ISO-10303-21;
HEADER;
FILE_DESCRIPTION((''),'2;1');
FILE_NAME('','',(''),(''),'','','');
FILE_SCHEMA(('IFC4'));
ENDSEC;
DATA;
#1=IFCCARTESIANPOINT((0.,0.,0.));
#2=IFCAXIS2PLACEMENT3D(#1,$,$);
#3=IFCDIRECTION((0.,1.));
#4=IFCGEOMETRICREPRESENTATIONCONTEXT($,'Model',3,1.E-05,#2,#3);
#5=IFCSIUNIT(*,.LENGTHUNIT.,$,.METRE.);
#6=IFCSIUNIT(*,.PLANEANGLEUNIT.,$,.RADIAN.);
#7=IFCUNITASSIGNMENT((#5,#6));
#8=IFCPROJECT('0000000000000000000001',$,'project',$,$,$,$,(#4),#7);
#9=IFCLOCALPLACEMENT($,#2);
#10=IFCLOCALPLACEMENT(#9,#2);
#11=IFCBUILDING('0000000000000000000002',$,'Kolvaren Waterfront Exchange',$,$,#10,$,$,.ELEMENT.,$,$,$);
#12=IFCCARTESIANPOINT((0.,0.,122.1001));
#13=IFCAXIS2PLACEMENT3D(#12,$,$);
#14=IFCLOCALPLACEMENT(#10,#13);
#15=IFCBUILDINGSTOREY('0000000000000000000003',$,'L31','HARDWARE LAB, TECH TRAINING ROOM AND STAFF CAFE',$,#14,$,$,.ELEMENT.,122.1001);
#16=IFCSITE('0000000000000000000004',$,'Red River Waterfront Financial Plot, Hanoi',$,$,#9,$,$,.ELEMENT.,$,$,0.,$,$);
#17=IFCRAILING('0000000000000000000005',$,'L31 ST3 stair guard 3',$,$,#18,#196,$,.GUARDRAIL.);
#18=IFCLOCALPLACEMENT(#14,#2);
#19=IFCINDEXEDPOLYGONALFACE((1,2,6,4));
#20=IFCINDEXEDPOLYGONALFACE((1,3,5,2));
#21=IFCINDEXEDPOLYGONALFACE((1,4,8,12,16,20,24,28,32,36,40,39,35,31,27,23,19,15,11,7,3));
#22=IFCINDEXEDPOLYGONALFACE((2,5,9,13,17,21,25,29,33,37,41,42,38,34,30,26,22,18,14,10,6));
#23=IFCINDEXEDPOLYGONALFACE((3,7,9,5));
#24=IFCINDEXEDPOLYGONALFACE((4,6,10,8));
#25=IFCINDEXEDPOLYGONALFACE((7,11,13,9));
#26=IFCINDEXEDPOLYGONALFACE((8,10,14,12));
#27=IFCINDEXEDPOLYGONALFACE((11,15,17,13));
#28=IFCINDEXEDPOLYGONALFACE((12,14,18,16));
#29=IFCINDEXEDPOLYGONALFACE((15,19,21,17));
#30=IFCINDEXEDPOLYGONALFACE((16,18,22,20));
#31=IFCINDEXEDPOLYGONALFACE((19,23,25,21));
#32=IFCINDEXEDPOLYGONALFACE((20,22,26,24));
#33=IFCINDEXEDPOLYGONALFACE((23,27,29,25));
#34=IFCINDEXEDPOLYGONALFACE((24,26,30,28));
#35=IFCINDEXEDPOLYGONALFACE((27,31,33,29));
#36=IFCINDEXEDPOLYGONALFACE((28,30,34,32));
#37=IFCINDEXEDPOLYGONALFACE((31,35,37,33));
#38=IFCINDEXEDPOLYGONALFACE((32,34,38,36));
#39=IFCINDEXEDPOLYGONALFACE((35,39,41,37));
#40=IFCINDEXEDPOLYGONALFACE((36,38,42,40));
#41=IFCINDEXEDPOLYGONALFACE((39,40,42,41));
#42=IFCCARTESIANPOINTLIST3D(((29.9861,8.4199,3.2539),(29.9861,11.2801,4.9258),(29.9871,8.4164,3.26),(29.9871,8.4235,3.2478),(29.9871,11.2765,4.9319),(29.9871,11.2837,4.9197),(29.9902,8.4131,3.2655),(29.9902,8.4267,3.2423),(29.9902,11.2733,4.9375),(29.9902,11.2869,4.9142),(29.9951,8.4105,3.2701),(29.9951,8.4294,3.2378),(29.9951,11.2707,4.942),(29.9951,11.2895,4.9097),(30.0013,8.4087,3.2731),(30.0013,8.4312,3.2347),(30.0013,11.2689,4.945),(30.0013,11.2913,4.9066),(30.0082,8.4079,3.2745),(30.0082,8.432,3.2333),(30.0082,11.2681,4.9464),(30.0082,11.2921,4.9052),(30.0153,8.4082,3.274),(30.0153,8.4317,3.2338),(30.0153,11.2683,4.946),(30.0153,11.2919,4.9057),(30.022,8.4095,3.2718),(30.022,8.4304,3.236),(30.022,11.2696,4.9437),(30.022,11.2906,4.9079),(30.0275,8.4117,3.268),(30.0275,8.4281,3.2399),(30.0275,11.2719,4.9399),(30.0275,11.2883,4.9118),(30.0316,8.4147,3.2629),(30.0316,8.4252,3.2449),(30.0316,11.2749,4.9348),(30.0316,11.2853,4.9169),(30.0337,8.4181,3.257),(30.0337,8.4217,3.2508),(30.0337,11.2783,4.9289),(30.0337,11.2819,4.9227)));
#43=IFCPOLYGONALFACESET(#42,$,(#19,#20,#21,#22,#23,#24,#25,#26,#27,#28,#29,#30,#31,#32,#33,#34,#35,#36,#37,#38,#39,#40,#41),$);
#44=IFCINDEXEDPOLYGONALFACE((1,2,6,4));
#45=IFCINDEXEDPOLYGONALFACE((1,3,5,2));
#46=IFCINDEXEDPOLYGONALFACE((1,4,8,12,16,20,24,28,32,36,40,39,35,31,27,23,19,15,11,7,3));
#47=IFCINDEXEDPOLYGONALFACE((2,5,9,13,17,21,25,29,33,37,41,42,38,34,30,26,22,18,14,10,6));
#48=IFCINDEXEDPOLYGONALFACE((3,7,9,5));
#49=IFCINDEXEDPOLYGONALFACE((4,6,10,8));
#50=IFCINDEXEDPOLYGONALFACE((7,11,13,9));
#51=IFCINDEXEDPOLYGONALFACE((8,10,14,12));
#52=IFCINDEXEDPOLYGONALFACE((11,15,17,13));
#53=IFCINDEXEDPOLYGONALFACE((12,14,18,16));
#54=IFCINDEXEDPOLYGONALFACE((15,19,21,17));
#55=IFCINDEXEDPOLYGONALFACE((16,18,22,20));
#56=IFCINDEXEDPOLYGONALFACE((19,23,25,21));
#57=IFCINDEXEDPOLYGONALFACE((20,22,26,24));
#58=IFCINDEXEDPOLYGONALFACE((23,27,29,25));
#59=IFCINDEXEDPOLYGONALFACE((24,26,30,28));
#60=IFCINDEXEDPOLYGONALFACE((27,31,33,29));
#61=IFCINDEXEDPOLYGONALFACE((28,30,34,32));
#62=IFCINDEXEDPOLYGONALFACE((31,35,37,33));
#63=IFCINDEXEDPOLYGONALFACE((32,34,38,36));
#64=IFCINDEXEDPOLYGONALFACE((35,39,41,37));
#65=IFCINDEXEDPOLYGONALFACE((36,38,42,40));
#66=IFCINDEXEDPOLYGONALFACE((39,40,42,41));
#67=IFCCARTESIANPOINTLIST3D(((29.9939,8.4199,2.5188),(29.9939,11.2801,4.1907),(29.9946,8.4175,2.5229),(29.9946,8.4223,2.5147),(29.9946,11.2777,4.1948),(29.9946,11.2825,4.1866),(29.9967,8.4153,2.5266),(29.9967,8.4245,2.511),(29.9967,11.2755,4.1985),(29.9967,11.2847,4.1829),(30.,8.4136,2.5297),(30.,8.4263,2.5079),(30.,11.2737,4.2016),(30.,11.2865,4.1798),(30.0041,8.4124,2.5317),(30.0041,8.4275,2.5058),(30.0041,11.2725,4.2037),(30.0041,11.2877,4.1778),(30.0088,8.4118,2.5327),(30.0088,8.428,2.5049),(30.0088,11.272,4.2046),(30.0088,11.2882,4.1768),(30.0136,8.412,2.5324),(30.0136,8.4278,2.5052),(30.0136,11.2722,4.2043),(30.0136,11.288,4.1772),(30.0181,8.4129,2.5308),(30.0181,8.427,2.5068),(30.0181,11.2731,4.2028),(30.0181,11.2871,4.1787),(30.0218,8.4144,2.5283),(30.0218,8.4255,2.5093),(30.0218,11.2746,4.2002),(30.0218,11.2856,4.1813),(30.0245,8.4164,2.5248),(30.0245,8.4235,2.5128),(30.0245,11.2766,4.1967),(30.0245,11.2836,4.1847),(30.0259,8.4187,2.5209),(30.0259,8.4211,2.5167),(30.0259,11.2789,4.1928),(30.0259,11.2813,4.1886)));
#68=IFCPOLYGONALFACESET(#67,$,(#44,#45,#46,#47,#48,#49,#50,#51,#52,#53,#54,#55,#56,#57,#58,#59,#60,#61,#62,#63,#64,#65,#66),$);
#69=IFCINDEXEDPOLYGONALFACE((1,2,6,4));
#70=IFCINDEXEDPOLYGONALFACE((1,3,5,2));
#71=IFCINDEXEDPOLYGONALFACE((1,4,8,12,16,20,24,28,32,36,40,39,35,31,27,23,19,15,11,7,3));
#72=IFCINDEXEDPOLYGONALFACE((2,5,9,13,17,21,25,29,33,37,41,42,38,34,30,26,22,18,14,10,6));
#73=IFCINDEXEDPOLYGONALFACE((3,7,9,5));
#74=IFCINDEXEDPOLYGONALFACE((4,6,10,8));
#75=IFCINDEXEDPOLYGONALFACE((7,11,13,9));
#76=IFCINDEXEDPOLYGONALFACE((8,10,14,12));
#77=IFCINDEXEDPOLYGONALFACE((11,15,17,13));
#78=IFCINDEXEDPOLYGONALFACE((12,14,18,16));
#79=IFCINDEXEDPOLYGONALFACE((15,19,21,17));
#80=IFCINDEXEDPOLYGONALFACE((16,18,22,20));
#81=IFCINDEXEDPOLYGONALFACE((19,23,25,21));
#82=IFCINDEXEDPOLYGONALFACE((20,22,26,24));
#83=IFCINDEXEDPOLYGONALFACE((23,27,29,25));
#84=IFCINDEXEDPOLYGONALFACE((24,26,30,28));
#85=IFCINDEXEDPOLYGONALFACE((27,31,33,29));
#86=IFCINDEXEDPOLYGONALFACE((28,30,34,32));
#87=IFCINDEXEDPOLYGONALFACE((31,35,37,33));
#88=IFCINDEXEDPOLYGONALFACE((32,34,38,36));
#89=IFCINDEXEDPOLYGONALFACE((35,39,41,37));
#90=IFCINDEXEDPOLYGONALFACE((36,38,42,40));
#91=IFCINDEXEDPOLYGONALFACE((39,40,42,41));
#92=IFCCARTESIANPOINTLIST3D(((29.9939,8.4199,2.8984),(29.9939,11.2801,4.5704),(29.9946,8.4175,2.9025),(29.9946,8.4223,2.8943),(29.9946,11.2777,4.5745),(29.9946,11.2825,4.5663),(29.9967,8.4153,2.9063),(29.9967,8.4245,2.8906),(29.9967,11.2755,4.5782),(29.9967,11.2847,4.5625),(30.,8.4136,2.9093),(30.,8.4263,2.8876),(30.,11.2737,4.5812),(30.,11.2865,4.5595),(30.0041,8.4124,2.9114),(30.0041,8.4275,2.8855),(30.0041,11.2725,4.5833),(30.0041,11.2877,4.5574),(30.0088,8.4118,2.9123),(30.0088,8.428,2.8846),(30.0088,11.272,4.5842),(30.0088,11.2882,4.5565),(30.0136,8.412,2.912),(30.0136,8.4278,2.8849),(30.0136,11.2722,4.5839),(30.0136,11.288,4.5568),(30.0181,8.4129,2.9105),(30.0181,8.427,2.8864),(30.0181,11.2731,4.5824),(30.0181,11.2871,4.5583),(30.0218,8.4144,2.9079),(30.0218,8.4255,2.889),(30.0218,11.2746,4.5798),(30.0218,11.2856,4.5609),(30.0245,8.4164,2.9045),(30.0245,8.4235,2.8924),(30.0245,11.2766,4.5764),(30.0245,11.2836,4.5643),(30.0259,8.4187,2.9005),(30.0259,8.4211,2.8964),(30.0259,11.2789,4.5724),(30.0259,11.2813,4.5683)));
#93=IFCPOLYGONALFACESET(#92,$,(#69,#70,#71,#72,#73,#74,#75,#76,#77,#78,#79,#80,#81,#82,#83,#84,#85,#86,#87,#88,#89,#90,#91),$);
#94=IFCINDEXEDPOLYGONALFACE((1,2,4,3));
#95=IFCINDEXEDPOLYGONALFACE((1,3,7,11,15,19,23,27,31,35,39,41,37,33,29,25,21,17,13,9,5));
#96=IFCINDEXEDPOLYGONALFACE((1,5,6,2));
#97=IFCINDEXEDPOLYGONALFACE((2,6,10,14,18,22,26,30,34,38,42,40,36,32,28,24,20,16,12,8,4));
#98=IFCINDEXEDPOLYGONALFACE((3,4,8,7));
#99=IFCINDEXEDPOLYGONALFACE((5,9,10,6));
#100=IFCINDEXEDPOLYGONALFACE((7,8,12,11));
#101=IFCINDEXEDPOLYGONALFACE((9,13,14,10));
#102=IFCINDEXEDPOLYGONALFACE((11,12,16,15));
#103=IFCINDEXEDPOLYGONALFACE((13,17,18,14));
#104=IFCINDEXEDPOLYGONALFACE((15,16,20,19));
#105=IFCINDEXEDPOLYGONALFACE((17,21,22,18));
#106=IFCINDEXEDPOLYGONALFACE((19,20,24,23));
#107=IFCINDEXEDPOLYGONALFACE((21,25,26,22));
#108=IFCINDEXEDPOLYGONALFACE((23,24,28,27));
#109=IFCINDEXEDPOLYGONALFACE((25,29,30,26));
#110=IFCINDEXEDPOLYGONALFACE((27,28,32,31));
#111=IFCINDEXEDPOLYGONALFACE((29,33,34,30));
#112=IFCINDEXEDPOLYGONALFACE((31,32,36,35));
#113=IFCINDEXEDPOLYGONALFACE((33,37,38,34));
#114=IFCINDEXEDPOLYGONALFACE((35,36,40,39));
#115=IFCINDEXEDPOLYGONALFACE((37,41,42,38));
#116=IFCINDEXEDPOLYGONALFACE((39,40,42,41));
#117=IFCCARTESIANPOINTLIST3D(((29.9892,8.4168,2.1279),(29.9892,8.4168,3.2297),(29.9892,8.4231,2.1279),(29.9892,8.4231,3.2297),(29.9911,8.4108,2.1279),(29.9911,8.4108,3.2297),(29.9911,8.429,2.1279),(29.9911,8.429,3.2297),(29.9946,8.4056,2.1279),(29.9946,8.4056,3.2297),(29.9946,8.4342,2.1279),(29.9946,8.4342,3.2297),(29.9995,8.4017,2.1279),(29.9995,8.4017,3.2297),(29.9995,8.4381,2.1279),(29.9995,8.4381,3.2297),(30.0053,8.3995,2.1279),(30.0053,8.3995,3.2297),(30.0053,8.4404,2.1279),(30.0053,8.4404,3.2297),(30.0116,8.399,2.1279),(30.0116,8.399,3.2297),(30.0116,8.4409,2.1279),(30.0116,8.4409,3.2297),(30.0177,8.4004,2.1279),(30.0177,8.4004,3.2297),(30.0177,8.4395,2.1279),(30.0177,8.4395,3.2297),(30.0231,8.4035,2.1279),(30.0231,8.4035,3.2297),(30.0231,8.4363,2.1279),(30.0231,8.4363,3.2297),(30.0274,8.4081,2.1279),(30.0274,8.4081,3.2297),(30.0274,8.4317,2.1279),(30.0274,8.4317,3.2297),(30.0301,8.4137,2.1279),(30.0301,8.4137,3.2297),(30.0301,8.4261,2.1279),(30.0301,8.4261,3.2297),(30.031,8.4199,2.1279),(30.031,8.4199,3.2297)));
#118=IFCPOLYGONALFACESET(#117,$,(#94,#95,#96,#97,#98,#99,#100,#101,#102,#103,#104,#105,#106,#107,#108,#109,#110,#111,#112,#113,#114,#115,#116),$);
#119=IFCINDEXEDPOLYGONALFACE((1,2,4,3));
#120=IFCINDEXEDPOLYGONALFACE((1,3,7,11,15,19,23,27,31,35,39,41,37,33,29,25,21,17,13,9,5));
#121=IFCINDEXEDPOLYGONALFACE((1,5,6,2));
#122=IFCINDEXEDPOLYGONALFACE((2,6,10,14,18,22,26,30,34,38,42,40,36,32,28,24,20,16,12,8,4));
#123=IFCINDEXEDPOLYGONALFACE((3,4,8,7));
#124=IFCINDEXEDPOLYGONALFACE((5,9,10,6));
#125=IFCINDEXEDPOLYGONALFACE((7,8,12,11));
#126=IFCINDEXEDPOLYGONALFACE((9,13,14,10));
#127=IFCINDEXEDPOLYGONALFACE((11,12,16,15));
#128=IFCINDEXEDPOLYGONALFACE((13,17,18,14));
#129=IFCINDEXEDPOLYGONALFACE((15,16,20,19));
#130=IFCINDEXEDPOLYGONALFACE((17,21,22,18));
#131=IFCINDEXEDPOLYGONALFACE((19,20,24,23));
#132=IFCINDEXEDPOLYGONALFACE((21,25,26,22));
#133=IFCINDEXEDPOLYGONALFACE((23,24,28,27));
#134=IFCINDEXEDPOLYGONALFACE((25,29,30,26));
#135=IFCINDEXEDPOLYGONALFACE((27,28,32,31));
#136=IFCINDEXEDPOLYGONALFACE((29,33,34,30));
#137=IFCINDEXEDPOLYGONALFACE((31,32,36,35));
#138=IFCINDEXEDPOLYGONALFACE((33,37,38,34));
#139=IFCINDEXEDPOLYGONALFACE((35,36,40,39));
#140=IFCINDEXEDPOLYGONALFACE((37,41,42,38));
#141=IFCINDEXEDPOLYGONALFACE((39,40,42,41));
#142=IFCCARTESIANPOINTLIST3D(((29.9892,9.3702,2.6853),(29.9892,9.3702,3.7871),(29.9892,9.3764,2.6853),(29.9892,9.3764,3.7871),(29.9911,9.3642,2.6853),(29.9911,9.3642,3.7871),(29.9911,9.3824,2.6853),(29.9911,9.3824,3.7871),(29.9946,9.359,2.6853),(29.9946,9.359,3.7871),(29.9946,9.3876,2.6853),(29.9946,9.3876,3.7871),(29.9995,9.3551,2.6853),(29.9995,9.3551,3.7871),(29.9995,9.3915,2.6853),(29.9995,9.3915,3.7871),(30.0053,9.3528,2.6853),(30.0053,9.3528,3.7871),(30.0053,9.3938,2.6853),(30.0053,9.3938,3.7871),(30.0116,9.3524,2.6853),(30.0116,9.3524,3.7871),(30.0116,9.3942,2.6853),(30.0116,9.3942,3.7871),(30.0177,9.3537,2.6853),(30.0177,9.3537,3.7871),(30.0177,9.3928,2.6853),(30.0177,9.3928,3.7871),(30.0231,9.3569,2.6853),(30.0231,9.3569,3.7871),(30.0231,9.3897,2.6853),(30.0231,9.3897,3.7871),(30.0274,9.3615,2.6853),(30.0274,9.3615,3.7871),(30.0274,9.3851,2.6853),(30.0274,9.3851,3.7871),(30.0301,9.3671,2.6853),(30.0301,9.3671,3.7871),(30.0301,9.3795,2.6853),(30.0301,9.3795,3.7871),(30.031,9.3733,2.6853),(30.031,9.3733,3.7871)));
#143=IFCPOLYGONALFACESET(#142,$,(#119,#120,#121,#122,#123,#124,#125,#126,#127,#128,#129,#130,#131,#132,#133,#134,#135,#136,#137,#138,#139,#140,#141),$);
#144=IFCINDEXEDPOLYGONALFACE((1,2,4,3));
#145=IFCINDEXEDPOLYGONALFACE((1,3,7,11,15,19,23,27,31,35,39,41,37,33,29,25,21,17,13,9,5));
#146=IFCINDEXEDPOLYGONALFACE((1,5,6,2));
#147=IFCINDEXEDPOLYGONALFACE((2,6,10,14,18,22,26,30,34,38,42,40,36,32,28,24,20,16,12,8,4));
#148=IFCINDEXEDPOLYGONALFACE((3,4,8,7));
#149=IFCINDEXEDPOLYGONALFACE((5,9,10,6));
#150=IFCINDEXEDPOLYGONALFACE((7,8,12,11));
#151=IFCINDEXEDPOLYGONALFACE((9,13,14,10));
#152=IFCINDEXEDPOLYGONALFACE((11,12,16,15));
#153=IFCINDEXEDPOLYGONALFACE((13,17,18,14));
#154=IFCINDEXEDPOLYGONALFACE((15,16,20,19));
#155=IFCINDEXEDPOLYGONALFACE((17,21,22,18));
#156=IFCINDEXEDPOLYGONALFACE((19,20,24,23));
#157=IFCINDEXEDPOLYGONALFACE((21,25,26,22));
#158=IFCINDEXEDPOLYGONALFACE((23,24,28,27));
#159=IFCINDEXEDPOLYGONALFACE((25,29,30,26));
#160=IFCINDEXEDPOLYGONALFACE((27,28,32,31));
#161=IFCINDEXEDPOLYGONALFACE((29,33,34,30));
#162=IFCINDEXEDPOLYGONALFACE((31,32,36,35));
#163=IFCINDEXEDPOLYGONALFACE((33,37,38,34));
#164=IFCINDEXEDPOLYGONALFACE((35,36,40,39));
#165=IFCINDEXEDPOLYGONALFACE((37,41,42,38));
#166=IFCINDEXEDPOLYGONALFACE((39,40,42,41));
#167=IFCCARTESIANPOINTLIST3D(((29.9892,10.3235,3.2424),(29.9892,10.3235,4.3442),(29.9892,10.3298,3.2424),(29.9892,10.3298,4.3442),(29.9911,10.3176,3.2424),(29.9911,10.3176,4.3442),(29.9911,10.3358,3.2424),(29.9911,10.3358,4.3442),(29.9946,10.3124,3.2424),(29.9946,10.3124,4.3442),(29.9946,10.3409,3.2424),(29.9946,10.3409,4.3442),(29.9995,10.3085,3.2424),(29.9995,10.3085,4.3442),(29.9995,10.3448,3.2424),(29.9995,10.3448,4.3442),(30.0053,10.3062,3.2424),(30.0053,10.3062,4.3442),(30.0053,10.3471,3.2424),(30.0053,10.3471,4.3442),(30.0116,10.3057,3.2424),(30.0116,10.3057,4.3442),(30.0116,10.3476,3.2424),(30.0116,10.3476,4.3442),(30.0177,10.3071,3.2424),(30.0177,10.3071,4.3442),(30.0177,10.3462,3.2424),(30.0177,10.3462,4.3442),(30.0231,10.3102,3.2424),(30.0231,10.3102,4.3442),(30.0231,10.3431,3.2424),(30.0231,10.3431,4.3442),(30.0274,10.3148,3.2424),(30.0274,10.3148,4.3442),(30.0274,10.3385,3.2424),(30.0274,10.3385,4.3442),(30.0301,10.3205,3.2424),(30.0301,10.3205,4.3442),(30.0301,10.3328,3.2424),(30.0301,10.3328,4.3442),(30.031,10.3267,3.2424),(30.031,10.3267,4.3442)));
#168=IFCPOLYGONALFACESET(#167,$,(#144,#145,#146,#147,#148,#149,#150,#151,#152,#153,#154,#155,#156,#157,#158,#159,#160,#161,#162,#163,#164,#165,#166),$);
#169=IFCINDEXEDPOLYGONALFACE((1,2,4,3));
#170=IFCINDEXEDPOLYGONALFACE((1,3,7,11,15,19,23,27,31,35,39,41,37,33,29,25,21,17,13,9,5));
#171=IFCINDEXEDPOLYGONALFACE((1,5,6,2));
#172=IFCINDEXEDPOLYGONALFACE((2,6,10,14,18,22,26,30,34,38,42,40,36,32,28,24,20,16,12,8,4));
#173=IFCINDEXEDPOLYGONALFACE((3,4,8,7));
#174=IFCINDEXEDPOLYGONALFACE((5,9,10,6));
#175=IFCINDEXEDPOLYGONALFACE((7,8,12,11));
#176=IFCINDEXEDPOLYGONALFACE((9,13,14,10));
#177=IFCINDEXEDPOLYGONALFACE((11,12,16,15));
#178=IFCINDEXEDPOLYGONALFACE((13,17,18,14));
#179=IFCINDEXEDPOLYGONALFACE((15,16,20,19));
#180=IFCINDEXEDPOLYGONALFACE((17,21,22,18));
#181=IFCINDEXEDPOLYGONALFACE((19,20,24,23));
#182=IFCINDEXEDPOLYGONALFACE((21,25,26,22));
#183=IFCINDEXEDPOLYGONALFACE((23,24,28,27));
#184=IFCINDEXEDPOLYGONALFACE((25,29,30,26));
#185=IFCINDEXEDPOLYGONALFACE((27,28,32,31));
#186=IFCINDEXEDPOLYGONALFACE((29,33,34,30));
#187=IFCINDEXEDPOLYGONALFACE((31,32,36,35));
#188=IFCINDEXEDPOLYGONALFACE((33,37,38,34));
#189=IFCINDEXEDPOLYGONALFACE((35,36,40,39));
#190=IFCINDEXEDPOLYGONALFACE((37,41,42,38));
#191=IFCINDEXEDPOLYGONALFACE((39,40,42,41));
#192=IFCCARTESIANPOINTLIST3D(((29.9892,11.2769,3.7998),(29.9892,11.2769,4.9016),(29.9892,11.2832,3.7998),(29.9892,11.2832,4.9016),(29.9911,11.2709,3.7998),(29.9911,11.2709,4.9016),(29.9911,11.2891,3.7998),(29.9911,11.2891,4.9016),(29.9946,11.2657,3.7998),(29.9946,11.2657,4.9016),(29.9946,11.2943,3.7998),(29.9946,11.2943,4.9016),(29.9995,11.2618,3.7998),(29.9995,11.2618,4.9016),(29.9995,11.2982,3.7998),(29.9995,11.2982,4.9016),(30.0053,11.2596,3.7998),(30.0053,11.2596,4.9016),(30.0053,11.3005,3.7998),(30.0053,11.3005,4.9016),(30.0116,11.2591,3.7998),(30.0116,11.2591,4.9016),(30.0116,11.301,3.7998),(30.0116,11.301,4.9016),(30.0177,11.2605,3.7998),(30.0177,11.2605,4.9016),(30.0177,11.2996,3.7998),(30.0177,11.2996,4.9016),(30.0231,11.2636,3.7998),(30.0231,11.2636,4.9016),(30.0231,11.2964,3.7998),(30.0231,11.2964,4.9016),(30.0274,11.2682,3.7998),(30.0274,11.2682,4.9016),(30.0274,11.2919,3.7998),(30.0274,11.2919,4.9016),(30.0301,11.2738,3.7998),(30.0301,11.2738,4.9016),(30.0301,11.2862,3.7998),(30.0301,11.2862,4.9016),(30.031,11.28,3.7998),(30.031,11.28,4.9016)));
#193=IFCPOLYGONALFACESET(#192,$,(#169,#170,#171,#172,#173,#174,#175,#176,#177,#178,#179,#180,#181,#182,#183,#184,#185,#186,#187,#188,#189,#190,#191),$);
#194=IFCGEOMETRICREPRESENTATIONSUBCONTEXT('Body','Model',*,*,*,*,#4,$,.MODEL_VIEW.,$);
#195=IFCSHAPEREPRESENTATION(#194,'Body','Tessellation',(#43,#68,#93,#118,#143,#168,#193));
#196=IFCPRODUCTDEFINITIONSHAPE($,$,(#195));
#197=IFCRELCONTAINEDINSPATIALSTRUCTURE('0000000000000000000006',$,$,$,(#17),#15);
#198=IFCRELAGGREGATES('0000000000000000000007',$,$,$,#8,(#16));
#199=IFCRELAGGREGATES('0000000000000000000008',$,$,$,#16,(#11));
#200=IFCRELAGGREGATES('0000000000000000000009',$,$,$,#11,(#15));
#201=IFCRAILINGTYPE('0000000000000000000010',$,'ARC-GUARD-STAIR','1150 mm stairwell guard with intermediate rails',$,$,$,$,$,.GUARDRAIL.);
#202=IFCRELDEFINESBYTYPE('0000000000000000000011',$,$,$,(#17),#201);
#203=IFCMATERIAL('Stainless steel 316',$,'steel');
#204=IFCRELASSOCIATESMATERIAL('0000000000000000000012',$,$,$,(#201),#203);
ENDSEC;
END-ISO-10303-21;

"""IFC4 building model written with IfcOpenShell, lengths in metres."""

from ifc_helpers import new_model, si_unit, direction, frame, origin, origin_2d, place, context, subcontext, project, spatial, circle, extrude, material, type_object, element, save


model = new_model("IFC4")

# Units and contexts
model_context = context("Model", 3, precision=1e-05, world=origin(), true_north=direction((0.0, 1.0)))
body_context = subcontext(model_context, "Body", "Model", "MODEL_VIEW")
ifc_project = project(units=[si_unit("LENGTHUNIT", "METRE"), si_unit("PLANEANGLEUNIT", "RADIAN")], contexts=[model_context])

# Site, building, storey
site_placement = place(None, origin())
site = spatial("IfcSite", under=ifc_project, at=site_placement, Name="Red River Waterfront Financial Plot, Hanoi", CompositionType="ELEMENT", RefElevation=0.0)
building_placement = place(site_placement, origin())
building = spatial("IfcBuilding", under=site, at=building_placement, Name="Kolvaren Waterfront Exchange", CompositionType="ELEMENT")
storey_placement = place(building_placement, frame((0.0, 0.0, 122.1001)))
storey = spatial("IfcBuildingStorey", under=building, at=storey_placement, Name="L31", Description="HARDWARE LAB, TECH TRAINING ROOM AND STAFF CAFE", CompositionType="ELEMENT", Elevation=122.1001)

# Railing
ifc_material_1 = material(Name="Stainless steel 316", Category="steel")
railing_type_1 = type_object("IfcRailingType", Name="ARC-GUARD-STAIR", Description="1150 mm stairwell guard with intermediate rails", PredefinedType="GUARDRAIL", material=ifc_material_1)
railing_1_placement = place(storey_placement, frame((30.01, 8.4199, 2.1279)))
element("IfcRailing", 1, at=railing_1_placement, inside=storey, type_object=railing_type_1, Name="L31 ST3 stair guard 3", PredefinedType="GUARDRAIL", context=body_context, shape_type="SweptSolid", body=[
    extrude(circle(Radius=0.0239, at=origin_2d()), frame((0.0, 0.0, 1.126), z_axis=(0.0, 0.863321, 0.504654), x_axis=(-1.0, 0.0, 0.0)), (0.0, 0.0, 1.0), 3.313),
    extrude(circle(Radius=0.0161, at=origin_2d()), frame((0.0, 0.0, 0.3909), z_axis=(0.0, 0.863321, 0.504654), x_axis=(-1.0, 0.0, 0.0)), (0.0, 0.0, 1.0), 3.313),
    extrude(circle(Radius=0.0161, at=origin_2d()), frame((0.0, 0.0, 0.7705), z_axis=(0.0, 0.863321, 0.504654), x_axis=(-1.0, 0.0, 0.0)), (0.0, 0.0, 1.0), 3.313),
    extrude(circle(Radius=0.021, at=origin_2d()), origin(), (0.0, 0.0, 1.0), 1.1018),
    extrude(circle(Radius=0.021, at=origin_2d()), frame((0.0, 0.9534, 0.5574)), (0.0, 0.0, 1.0), 1.1018),
    extrude(circle(Radius=0.021, at=origin_2d()), frame((0.0, 1.9067, 1.1145)), (0.0, 0.0, 1.0), 1.1018),
    extrude(circle(Radius=0.021, at=origin_2d()), frame((0.0, 2.8601, 1.6719)), (0.0, 0.0, 1.0), 1.1018),
])

save(model, "model.ifc")
